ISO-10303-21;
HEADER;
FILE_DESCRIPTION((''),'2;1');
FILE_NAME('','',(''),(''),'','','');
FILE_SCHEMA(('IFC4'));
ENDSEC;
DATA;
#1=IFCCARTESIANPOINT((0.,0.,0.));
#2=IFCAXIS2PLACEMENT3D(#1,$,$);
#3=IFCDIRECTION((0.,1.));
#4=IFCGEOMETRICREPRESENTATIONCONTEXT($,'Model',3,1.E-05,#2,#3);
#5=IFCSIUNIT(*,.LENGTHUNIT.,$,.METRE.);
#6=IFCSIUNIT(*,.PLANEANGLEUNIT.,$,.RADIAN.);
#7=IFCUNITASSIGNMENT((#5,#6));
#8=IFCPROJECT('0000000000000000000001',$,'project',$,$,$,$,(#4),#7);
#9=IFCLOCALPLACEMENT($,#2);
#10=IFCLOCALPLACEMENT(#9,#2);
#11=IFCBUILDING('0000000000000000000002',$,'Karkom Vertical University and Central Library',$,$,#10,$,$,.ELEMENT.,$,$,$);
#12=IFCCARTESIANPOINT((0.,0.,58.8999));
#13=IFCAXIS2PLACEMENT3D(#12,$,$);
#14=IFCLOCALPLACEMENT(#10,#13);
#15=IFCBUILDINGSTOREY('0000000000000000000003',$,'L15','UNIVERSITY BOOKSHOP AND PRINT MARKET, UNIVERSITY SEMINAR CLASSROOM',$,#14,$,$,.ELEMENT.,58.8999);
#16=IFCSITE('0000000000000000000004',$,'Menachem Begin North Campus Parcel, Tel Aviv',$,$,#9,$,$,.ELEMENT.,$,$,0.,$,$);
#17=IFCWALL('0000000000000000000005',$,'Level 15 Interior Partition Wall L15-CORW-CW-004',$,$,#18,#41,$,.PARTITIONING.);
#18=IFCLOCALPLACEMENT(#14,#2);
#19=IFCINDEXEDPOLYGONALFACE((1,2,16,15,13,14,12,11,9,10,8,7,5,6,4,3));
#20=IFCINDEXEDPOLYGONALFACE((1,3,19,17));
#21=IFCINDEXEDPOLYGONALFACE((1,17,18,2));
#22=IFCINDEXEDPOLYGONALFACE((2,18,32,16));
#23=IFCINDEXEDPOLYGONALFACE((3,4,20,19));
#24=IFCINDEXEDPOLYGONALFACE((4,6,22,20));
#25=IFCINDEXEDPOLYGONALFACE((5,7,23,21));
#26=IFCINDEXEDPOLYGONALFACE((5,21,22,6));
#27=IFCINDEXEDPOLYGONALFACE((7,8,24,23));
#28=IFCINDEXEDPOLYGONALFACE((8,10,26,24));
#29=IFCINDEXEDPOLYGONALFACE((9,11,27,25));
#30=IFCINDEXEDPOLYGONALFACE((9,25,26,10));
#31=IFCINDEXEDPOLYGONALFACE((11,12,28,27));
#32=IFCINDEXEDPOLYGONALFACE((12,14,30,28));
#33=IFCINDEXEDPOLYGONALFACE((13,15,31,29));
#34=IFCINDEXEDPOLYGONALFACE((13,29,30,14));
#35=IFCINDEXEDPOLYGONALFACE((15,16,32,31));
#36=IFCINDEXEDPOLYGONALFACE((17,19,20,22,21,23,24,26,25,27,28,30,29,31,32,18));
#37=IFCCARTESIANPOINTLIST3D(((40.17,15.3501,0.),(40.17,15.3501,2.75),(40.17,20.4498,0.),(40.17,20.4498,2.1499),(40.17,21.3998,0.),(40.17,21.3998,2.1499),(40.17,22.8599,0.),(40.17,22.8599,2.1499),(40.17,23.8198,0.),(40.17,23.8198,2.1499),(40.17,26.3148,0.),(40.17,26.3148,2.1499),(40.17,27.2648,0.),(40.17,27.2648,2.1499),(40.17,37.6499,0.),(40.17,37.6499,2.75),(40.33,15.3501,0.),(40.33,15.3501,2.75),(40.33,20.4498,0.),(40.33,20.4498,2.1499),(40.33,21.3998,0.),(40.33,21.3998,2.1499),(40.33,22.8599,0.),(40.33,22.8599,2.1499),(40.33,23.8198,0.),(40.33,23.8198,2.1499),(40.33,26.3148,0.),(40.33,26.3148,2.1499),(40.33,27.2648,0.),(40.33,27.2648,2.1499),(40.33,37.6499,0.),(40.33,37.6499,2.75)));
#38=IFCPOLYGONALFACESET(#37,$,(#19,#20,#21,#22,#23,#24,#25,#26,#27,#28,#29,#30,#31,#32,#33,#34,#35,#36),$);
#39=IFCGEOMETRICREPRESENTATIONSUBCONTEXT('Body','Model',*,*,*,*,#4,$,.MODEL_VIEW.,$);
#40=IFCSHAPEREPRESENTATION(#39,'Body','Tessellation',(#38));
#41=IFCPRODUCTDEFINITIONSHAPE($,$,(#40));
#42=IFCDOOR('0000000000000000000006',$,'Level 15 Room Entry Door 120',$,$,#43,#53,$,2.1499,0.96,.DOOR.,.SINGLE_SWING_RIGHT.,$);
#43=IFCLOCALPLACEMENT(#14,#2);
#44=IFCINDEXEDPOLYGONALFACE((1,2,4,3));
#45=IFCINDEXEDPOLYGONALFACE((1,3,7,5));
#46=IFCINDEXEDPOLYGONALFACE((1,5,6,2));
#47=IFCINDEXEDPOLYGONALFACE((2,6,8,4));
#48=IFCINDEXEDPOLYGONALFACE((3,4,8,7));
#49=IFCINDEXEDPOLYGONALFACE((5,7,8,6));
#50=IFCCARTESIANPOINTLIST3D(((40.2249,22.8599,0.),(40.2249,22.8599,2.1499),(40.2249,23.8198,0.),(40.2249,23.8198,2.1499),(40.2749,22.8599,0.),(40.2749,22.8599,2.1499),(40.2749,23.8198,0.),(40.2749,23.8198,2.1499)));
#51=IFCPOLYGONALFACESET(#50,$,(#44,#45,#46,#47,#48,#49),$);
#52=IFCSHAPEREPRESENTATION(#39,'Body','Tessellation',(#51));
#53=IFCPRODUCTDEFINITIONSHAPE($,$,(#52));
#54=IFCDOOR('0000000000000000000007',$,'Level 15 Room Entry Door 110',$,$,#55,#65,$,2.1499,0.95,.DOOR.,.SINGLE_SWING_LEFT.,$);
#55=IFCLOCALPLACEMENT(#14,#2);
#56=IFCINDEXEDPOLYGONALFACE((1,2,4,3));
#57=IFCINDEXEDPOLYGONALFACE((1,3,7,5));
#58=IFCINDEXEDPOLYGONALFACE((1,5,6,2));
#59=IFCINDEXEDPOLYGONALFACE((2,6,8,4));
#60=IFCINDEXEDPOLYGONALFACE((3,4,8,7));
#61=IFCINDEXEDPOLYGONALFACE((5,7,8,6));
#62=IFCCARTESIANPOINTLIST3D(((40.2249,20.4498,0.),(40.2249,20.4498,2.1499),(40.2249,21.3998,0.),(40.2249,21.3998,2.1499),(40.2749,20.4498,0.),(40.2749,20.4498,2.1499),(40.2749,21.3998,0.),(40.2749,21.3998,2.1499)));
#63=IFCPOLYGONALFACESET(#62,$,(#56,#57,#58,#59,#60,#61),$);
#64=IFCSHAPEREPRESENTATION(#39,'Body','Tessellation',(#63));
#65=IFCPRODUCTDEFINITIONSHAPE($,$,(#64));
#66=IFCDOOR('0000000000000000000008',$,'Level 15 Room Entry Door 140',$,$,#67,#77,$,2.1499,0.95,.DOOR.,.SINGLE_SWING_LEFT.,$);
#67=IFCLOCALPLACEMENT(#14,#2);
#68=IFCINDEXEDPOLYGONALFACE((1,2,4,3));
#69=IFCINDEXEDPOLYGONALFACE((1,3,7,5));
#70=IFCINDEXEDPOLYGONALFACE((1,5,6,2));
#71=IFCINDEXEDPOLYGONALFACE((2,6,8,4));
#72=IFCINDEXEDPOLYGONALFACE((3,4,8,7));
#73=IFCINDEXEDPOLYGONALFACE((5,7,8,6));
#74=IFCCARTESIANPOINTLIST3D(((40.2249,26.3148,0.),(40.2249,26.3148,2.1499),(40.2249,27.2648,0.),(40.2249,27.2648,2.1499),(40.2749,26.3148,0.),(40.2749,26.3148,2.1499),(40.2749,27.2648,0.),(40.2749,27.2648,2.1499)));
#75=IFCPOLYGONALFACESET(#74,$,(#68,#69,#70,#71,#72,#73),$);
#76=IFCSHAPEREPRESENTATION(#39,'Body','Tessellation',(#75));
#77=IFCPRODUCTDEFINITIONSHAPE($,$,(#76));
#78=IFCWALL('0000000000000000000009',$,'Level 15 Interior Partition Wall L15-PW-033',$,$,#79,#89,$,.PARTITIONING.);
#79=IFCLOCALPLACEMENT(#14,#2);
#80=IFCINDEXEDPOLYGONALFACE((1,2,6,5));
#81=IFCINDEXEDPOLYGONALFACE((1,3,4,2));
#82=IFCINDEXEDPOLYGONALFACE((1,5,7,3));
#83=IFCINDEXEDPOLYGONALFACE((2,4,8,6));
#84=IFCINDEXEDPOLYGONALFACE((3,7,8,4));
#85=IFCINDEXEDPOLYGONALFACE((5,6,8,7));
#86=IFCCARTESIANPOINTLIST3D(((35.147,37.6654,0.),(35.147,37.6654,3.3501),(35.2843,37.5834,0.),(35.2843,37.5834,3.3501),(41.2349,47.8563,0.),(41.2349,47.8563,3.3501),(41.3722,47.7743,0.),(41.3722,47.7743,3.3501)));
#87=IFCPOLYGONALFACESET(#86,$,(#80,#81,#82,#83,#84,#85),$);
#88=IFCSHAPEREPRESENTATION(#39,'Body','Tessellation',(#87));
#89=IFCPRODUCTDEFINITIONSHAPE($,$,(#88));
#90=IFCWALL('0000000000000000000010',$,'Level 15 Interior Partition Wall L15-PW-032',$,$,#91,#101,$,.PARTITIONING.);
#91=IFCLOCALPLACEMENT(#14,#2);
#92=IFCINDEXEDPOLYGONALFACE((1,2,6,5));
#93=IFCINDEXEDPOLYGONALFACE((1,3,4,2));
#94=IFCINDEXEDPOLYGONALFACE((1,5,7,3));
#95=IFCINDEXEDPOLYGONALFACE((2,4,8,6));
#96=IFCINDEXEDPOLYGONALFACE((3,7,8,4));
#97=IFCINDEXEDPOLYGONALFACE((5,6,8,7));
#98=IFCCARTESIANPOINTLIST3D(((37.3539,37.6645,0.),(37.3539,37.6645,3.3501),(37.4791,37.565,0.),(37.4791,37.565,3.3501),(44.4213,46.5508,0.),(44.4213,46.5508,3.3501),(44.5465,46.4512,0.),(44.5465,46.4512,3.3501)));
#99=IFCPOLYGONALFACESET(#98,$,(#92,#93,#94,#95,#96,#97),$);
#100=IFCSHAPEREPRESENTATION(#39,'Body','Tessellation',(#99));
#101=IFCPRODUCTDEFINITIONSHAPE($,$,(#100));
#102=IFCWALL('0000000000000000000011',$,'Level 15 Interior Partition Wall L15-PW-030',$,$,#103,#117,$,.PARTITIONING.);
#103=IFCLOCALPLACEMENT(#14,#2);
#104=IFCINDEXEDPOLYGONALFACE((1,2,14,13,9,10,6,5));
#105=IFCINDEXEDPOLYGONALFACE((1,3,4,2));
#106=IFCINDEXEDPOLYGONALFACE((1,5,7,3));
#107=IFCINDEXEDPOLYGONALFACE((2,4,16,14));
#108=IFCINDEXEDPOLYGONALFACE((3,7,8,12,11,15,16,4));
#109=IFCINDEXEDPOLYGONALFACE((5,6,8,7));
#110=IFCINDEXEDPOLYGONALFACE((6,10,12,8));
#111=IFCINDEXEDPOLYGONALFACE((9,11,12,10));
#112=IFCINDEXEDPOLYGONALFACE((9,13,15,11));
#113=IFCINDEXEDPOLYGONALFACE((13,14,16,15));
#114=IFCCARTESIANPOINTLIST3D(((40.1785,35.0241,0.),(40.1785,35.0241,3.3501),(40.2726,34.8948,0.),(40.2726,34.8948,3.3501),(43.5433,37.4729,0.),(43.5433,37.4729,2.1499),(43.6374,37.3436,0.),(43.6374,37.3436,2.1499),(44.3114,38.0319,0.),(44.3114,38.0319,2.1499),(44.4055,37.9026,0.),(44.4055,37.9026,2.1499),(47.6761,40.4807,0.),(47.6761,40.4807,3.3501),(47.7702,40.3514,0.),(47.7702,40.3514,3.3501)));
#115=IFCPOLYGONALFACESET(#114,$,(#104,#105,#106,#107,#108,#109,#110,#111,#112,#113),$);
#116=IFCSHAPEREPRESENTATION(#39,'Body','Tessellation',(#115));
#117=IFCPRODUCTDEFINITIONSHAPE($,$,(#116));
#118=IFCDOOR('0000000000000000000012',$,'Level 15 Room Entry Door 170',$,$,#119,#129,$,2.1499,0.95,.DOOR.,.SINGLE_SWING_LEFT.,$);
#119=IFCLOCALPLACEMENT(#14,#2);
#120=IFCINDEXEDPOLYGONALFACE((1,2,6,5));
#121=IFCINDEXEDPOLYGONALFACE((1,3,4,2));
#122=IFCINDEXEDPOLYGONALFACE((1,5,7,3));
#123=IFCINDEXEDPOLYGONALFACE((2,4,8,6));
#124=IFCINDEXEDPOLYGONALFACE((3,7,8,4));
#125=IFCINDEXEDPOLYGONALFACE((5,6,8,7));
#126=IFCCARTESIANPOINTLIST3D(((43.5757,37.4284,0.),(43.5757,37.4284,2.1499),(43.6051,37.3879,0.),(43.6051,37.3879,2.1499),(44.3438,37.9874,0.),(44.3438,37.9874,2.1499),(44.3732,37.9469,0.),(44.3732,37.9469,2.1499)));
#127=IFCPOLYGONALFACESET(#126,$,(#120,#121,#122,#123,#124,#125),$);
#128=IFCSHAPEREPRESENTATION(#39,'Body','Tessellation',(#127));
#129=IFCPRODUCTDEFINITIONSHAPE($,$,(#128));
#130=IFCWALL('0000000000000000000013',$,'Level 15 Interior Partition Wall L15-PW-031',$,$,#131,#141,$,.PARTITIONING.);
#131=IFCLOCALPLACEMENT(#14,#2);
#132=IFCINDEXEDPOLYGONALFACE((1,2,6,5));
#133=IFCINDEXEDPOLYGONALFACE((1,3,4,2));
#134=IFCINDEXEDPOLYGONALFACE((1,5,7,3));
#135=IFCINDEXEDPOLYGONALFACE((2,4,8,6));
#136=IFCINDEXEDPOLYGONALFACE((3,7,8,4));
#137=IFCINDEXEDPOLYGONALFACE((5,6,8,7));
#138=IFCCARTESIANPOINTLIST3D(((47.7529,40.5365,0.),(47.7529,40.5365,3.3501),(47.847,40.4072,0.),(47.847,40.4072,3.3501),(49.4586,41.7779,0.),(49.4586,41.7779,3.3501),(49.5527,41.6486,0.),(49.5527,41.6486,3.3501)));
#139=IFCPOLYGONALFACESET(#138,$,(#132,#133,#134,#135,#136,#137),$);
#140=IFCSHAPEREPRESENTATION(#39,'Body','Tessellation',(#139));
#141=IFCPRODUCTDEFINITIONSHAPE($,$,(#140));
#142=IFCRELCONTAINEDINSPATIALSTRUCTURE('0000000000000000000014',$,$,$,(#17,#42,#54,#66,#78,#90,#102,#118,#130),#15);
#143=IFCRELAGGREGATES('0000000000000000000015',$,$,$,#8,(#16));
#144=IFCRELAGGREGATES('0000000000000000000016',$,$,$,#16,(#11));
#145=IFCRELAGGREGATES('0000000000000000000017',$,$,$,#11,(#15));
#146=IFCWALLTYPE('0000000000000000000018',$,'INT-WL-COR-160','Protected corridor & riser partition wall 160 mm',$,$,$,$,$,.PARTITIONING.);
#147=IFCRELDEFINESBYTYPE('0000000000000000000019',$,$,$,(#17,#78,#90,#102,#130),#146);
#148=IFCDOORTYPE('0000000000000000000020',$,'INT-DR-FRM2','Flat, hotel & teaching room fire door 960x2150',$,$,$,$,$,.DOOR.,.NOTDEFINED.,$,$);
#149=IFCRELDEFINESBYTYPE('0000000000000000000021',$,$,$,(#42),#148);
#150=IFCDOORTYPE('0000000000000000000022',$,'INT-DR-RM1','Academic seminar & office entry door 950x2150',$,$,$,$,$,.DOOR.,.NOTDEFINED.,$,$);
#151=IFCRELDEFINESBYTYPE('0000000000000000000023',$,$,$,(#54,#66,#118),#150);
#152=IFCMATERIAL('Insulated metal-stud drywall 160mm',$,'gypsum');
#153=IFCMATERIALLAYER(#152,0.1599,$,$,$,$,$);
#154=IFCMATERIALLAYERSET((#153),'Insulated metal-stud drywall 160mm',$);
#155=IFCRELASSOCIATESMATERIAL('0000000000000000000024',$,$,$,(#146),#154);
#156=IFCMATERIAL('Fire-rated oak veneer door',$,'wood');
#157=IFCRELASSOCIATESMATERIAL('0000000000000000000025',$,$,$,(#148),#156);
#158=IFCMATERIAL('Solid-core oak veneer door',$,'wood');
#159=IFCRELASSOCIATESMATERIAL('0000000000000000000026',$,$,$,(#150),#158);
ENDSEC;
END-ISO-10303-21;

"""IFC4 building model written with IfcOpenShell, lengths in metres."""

from ifc_helpers import new_model, si_unit, direction, frame, frame_2d, origin, origin_with_axes, place, context, subcontext, project, spatial, rectangle, extrude, source, transform, mapped, material, layer, layer_set, type_object, element, fill, save


model = new_model("IFC4")

# Units and contexts
model_context = context("Model", 3, precision=1e-05, world=origin(), true_north=direction((0.0, 1.0)))
body_context = subcontext(model_context, "Body", "Model", "MODEL_VIEW")
ifc_project = project(units=[si_unit("LENGTHUNIT", "METRE"), si_unit("PLANEANGLEUNIT", "RADIAN")], contexts=[model_context])

# Site, building, storey
site_placement = place(None, origin())
site = spatial("IfcSite", under=ifc_project, at=site_placement, Name="Menachem Begin North Campus Parcel, Tel Aviv", CompositionType="ELEMENT", RefElevation=0.0)
building_placement = place(site_placement, origin())
building = spatial("IfcBuilding", under=site, at=building_placement, Name="Karkom Vertical University and Central Library", CompositionType="ELEMENT")
storey_placement = place(building_placement, frame((0.0, 0.0, 58.8999)))
storey = spatial("IfcBuildingStorey", under=building, at=storey_placement, Name="L15", Description="UNIVERSITY BOOKSHOP AND PRINT MARKET, UNIVERSITY SEMINAR CLASSROOM", CompositionType="ELEMENT", Elevation=58.8999)

# Wall, openings, doors
ifc_material_1 = material(Name="Insulated metal-stud drywall 160mm", Category="gypsum")
ifc_layer_1 = layer(ifc_material_1, 0.1599)
ifc_layer_set_1 = layer_set([ifc_layer_1], Name="Insulated metal-stud drywall 160mm")
wall_type_1 = type_object("IfcWallType", Name="INT-WL-COR-160", Description="Protected corridor & riser partition wall 160 mm", PredefinedType="PARTITIONING", material=ifc_layer_set_1)
wall_1_placement = place(storey_placement, frame((40.25, 37.6499, 0.0), z_axis=(0.0, 0.0, 1.0), x_axis=(0.0, -1.0, 0.0)))
wall_1 = element("IfcWall", 1, at=wall_1_placement, inside=storey, type_object=wall_type_1, Name="Level 15 Interior Partition Wall L15-CORW-CW-004", PredefinedType="PARTITIONING", context=body_context, shape_type="SweptSolid", body=[
    extrude(rectangle(XDim=22.2998, YDim=0.1599, at=frame_2d((11.1499, 0.0))), origin(), (0.0, 0.0, 1.0), 2.75),
])
opening_1_placement = place(wall_1_placement, frame((16.25, 0.0, 0.0)))
opening_1 = element("IfcOpeningElement", 2, at=opening_1_placement, cuts=wall_1, PredefinedType="OPENING", context=body_context, shape_type="SweptSolid", body=[
    extrude(rectangle(XDim=0.95, YDim=2.1499, at=frame_2d((0.4751, 1.075))), frame((0.0, 0.0898, 0.0), z_axis=(0.0, -1.0, 0.0), x_axis=(1.0, 0.0, 0.0)), (0.0, 0.0, 1.0), 0.1799),
])
opening_2_placement = place(wall_1_placement, frame((13.8301, 0.0, 0.0)))
opening_2 = element("IfcOpeningElement", 3, at=opening_2_placement, cuts=wall_1, PredefinedType="OPENING", context=body_context, shape_type="SweptSolid", body=[
    extrude(rectangle(XDim=0.96, YDim=2.1499, at=frame_2d((0.48, 1.075))), frame((0.0, 0.0898, 0.0), z_axis=(0.0, -1.0, 0.0), x_axis=(1.0, 0.0, 0.0)), (0.0, 0.0, 1.0), 0.1799),
])
opening_3_placement = place(wall_1_placement, frame((10.385, 0.0, 0.0)))
opening_3 = element("IfcOpeningElement", 4, at=opening_3_placement, cuts=wall_1, PredefinedType="OPENING", context=body_context, shape_type="SweptSolid", body=[
    extrude(rectangle(XDim=0.95, YDim=2.1499, at=frame_2d((0.4751, 1.075))), frame((0.0, 0.0898, 0.0), z_axis=(0.0, -1.0, 0.0), x_axis=(1.0, 0.0, 0.0)), (0.0, 0.0, 1.0), 0.1799),
])
ifc_material_2 = material(Name="Fire-rated oak veneer door", Category="wood")
door_type_1 = type_object("IfcDoorType", Name="INT-DR-FRM2", Description="Flat, hotel & teaching room fire door 960x2150", OperationType="NOTDEFINED", PredefinedType="DOOR", material=ifc_material_2)
shared_shape_1 = source(origin_with_axes(), body_context, "Body", "SweptSolid", [
    extrude(rectangle(XDim=0.96, YDim=2.1499, at=frame_2d((0.48, 1.075))), frame((0.0, 0.0249, 0.0), z_axis=(0.0, -1.0, 0.0), x_axis=(1.0, 0.0, 0.0)), (0.0, 0.0, 1.0), 0.05),
])
door_1_placement = place(opening_2_placement, origin())
door_1 = element("IfcDoor", 5, at=door_1_placement, inside=storey, type_object=door_type_1, Name="Level 15 Room Entry Door 120", OperationType="SINGLE_SWING_RIGHT", OverallHeight=2.1499, OverallWidth=0.96, PredefinedType="DOOR", context=body_context, shape_type="MappedRepresentation", body=[
    mapped(shared_shape_1, transform((0.0, 0.0, 0.0), scale=1.0)),
])
fill(opening_2, door_1)
ifc_material_3 = material(Name="Solid-core oak veneer door", Category="wood")
door_type_2 = type_object("IfcDoorType", Name="INT-DR-RM1", Description="Academic seminar & office entry door 950x2150", OperationType="NOTDEFINED", PredefinedType="DOOR", material=ifc_material_3)
shared_shape_2 = source(origin_with_axes(), body_context, "Body", "SweptSolid", [
    extrude(rectangle(XDim=0.95, YDim=2.1499, at=frame_2d((0.4751, 1.075))), frame((0.0, 0.0249, 0.0), z_axis=(0.0, -1.0, 0.0), x_axis=(1.0, 0.0, 0.0)), (0.0, 0.0, 1.0), 0.05),
])
door_2_placement = place(opening_1_placement, origin())
door_2 = element("IfcDoor", 6, at=door_2_placement, inside=storey, type_object=door_type_2, Name="Level 15 Room Entry Door 110", OperationType="SINGLE_SWING_LEFT", OverallHeight=2.1499, OverallWidth=0.95, PredefinedType="DOOR", context=body_context, shape_type="MappedRepresentation", body=[
    mapped(shared_shape_2, transform((0.0, 0.0, 0.0), scale=1.0)),
])
fill(opening_1, door_2)
door_3_placement = place(opening_3_placement, origin())
door_3 = element("IfcDoor", 7, at=door_3_placement, inside=storey, type_object=door_type_2, Name="Level 15 Room Entry Door 140", OperationType="SINGLE_SWING_LEFT", OverallHeight=2.1499, OverallWidth=0.95, PredefinedType="DOOR", context=body_context, shape_type="MappedRepresentation", body=[
    mapped(shared_shape_2, transform((0.0, 0.0, 0.0), scale=1.0)),
])
fill(opening_3, door_3)

# Walls
wall_2_placement = place(storey_placement, frame((35.2156, 37.6243, 0.0), z_axis=(0.0, 0.0, 1.0), x_axis=(0.512843, 0.858482, 0.0)))
element("IfcWall", 8, at=wall_2_placement, inside=storey, type_object=wall_type_1, Name="Level 15 Interior Partition Wall L15-PW-033", PredefinedType="PARTITIONING", context=body_context, shape_type="SweptSolid", body=[
    extrude(rectangle(XDim=11.8708, YDim=0.1599, at=frame_2d((5.9355, 0.0))), origin(), (0.0, 0.0, 1.0), 3.3501),
])
wall_3_placement = place(storey_placement, frame((37.4165, 37.6147, 0.0), z_axis=(0.0, 0.0, 1.0), x_axis=(0.622458, 0.782653, 0.0)))
element("IfcWall", 9, at=wall_3_placement, inside=storey, type_object=wall_type_1, Name="Level 15 Interior Partition Wall L15-PW-032", PredefinedType="PARTITIONING", context=body_context, shape_type="SweptSolid", body=[
    extrude(rectangle(XDim=11.354, YDim=0.1599, at=frame_2d((5.677, 0.0))), origin(), (0.0, 0.0, 1.0), 3.3501),
])

# Wall, opening, door
wall_4_placement = place(storey_placement, frame((40.2256, 34.9595, 0.0), z_axis=(0.0, 0.0, 1.0), x_axis=(0.808542, 0.588438, 0.0)))
wall_4 = element("IfcWall", 10, at=wall_4_placement, inside=storey, type_object=wall_type_1, Name="Level 15 Interior Partition Wall L15-PW-030", PredefinedType="PARTITIONING", context=body_context, shape_type="SweptSolid", body=[
    extrude(rectangle(XDim=9.2729, YDim=0.1599, at=frame_2d((4.6365, 0.0))), origin(), (0.0, 0.0, 1.0), 3.3501),
])
opening_4_placement = place(wall_4_placement, frame((4.1614, 0.0, 0.0)))
opening_4 = element("IfcOpeningElement", 11, at=opening_4_placement, cuts=wall_4, PredefinedType="OPENING", context=body_context, shape_type="SweptSolid", body=[
    extrude(rectangle(XDim=0.95, YDim=2.1499, at=frame_2d((0.4751, 1.075))), frame((0.0, 0.0898, 0.0), z_axis=(0.0, -1.0, 0.0), x_axis=(1.0, 0.0, 0.0)), (0.0, 0.0, 1.0), 0.1799),
])
door_4_placement = place(opening_4_placement, origin())
door_4 = element("IfcDoor", 12, at=door_4_placement, inside=storey, type_object=door_type_2, Name="Level 15 Room Entry Door 170", OperationType="SINGLE_SWING_LEFT", OverallHeight=2.1499, OverallWidth=0.95, PredefinedType="DOOR", context=body_context, shape_type="MappedRepresentation", body=[
    mapped(shared_shape_2, transform((0.0, 0.0, 0.0), scale=1.0)),
])
fill(opening_4, door_4)

# Wall
wall_5_placement = place(storey_placement, frame((47.8, 40.4719, 0.0), z_axis=(0.0, 0.0, 1.0), x_axis=(0.808541, 0.58844, 0.0)))
element("IfcWall", 13, at=wall_5_placement, inside=storey, type_object=wall_type_1, Name="Level 15 Interior Partition Wall L15-PW-031", PredefinedType="PARTITIONING", context=body_context, shape_type="SweptSolid", body=[
    extrude(rectangle(XDim=2.1096, YDim=0.1599, at=frame_2d((1.0547, 0.0))), origin(), (0.0, 0.0, 1.0), 3.3501),
])

save(model, "model.ifc")
